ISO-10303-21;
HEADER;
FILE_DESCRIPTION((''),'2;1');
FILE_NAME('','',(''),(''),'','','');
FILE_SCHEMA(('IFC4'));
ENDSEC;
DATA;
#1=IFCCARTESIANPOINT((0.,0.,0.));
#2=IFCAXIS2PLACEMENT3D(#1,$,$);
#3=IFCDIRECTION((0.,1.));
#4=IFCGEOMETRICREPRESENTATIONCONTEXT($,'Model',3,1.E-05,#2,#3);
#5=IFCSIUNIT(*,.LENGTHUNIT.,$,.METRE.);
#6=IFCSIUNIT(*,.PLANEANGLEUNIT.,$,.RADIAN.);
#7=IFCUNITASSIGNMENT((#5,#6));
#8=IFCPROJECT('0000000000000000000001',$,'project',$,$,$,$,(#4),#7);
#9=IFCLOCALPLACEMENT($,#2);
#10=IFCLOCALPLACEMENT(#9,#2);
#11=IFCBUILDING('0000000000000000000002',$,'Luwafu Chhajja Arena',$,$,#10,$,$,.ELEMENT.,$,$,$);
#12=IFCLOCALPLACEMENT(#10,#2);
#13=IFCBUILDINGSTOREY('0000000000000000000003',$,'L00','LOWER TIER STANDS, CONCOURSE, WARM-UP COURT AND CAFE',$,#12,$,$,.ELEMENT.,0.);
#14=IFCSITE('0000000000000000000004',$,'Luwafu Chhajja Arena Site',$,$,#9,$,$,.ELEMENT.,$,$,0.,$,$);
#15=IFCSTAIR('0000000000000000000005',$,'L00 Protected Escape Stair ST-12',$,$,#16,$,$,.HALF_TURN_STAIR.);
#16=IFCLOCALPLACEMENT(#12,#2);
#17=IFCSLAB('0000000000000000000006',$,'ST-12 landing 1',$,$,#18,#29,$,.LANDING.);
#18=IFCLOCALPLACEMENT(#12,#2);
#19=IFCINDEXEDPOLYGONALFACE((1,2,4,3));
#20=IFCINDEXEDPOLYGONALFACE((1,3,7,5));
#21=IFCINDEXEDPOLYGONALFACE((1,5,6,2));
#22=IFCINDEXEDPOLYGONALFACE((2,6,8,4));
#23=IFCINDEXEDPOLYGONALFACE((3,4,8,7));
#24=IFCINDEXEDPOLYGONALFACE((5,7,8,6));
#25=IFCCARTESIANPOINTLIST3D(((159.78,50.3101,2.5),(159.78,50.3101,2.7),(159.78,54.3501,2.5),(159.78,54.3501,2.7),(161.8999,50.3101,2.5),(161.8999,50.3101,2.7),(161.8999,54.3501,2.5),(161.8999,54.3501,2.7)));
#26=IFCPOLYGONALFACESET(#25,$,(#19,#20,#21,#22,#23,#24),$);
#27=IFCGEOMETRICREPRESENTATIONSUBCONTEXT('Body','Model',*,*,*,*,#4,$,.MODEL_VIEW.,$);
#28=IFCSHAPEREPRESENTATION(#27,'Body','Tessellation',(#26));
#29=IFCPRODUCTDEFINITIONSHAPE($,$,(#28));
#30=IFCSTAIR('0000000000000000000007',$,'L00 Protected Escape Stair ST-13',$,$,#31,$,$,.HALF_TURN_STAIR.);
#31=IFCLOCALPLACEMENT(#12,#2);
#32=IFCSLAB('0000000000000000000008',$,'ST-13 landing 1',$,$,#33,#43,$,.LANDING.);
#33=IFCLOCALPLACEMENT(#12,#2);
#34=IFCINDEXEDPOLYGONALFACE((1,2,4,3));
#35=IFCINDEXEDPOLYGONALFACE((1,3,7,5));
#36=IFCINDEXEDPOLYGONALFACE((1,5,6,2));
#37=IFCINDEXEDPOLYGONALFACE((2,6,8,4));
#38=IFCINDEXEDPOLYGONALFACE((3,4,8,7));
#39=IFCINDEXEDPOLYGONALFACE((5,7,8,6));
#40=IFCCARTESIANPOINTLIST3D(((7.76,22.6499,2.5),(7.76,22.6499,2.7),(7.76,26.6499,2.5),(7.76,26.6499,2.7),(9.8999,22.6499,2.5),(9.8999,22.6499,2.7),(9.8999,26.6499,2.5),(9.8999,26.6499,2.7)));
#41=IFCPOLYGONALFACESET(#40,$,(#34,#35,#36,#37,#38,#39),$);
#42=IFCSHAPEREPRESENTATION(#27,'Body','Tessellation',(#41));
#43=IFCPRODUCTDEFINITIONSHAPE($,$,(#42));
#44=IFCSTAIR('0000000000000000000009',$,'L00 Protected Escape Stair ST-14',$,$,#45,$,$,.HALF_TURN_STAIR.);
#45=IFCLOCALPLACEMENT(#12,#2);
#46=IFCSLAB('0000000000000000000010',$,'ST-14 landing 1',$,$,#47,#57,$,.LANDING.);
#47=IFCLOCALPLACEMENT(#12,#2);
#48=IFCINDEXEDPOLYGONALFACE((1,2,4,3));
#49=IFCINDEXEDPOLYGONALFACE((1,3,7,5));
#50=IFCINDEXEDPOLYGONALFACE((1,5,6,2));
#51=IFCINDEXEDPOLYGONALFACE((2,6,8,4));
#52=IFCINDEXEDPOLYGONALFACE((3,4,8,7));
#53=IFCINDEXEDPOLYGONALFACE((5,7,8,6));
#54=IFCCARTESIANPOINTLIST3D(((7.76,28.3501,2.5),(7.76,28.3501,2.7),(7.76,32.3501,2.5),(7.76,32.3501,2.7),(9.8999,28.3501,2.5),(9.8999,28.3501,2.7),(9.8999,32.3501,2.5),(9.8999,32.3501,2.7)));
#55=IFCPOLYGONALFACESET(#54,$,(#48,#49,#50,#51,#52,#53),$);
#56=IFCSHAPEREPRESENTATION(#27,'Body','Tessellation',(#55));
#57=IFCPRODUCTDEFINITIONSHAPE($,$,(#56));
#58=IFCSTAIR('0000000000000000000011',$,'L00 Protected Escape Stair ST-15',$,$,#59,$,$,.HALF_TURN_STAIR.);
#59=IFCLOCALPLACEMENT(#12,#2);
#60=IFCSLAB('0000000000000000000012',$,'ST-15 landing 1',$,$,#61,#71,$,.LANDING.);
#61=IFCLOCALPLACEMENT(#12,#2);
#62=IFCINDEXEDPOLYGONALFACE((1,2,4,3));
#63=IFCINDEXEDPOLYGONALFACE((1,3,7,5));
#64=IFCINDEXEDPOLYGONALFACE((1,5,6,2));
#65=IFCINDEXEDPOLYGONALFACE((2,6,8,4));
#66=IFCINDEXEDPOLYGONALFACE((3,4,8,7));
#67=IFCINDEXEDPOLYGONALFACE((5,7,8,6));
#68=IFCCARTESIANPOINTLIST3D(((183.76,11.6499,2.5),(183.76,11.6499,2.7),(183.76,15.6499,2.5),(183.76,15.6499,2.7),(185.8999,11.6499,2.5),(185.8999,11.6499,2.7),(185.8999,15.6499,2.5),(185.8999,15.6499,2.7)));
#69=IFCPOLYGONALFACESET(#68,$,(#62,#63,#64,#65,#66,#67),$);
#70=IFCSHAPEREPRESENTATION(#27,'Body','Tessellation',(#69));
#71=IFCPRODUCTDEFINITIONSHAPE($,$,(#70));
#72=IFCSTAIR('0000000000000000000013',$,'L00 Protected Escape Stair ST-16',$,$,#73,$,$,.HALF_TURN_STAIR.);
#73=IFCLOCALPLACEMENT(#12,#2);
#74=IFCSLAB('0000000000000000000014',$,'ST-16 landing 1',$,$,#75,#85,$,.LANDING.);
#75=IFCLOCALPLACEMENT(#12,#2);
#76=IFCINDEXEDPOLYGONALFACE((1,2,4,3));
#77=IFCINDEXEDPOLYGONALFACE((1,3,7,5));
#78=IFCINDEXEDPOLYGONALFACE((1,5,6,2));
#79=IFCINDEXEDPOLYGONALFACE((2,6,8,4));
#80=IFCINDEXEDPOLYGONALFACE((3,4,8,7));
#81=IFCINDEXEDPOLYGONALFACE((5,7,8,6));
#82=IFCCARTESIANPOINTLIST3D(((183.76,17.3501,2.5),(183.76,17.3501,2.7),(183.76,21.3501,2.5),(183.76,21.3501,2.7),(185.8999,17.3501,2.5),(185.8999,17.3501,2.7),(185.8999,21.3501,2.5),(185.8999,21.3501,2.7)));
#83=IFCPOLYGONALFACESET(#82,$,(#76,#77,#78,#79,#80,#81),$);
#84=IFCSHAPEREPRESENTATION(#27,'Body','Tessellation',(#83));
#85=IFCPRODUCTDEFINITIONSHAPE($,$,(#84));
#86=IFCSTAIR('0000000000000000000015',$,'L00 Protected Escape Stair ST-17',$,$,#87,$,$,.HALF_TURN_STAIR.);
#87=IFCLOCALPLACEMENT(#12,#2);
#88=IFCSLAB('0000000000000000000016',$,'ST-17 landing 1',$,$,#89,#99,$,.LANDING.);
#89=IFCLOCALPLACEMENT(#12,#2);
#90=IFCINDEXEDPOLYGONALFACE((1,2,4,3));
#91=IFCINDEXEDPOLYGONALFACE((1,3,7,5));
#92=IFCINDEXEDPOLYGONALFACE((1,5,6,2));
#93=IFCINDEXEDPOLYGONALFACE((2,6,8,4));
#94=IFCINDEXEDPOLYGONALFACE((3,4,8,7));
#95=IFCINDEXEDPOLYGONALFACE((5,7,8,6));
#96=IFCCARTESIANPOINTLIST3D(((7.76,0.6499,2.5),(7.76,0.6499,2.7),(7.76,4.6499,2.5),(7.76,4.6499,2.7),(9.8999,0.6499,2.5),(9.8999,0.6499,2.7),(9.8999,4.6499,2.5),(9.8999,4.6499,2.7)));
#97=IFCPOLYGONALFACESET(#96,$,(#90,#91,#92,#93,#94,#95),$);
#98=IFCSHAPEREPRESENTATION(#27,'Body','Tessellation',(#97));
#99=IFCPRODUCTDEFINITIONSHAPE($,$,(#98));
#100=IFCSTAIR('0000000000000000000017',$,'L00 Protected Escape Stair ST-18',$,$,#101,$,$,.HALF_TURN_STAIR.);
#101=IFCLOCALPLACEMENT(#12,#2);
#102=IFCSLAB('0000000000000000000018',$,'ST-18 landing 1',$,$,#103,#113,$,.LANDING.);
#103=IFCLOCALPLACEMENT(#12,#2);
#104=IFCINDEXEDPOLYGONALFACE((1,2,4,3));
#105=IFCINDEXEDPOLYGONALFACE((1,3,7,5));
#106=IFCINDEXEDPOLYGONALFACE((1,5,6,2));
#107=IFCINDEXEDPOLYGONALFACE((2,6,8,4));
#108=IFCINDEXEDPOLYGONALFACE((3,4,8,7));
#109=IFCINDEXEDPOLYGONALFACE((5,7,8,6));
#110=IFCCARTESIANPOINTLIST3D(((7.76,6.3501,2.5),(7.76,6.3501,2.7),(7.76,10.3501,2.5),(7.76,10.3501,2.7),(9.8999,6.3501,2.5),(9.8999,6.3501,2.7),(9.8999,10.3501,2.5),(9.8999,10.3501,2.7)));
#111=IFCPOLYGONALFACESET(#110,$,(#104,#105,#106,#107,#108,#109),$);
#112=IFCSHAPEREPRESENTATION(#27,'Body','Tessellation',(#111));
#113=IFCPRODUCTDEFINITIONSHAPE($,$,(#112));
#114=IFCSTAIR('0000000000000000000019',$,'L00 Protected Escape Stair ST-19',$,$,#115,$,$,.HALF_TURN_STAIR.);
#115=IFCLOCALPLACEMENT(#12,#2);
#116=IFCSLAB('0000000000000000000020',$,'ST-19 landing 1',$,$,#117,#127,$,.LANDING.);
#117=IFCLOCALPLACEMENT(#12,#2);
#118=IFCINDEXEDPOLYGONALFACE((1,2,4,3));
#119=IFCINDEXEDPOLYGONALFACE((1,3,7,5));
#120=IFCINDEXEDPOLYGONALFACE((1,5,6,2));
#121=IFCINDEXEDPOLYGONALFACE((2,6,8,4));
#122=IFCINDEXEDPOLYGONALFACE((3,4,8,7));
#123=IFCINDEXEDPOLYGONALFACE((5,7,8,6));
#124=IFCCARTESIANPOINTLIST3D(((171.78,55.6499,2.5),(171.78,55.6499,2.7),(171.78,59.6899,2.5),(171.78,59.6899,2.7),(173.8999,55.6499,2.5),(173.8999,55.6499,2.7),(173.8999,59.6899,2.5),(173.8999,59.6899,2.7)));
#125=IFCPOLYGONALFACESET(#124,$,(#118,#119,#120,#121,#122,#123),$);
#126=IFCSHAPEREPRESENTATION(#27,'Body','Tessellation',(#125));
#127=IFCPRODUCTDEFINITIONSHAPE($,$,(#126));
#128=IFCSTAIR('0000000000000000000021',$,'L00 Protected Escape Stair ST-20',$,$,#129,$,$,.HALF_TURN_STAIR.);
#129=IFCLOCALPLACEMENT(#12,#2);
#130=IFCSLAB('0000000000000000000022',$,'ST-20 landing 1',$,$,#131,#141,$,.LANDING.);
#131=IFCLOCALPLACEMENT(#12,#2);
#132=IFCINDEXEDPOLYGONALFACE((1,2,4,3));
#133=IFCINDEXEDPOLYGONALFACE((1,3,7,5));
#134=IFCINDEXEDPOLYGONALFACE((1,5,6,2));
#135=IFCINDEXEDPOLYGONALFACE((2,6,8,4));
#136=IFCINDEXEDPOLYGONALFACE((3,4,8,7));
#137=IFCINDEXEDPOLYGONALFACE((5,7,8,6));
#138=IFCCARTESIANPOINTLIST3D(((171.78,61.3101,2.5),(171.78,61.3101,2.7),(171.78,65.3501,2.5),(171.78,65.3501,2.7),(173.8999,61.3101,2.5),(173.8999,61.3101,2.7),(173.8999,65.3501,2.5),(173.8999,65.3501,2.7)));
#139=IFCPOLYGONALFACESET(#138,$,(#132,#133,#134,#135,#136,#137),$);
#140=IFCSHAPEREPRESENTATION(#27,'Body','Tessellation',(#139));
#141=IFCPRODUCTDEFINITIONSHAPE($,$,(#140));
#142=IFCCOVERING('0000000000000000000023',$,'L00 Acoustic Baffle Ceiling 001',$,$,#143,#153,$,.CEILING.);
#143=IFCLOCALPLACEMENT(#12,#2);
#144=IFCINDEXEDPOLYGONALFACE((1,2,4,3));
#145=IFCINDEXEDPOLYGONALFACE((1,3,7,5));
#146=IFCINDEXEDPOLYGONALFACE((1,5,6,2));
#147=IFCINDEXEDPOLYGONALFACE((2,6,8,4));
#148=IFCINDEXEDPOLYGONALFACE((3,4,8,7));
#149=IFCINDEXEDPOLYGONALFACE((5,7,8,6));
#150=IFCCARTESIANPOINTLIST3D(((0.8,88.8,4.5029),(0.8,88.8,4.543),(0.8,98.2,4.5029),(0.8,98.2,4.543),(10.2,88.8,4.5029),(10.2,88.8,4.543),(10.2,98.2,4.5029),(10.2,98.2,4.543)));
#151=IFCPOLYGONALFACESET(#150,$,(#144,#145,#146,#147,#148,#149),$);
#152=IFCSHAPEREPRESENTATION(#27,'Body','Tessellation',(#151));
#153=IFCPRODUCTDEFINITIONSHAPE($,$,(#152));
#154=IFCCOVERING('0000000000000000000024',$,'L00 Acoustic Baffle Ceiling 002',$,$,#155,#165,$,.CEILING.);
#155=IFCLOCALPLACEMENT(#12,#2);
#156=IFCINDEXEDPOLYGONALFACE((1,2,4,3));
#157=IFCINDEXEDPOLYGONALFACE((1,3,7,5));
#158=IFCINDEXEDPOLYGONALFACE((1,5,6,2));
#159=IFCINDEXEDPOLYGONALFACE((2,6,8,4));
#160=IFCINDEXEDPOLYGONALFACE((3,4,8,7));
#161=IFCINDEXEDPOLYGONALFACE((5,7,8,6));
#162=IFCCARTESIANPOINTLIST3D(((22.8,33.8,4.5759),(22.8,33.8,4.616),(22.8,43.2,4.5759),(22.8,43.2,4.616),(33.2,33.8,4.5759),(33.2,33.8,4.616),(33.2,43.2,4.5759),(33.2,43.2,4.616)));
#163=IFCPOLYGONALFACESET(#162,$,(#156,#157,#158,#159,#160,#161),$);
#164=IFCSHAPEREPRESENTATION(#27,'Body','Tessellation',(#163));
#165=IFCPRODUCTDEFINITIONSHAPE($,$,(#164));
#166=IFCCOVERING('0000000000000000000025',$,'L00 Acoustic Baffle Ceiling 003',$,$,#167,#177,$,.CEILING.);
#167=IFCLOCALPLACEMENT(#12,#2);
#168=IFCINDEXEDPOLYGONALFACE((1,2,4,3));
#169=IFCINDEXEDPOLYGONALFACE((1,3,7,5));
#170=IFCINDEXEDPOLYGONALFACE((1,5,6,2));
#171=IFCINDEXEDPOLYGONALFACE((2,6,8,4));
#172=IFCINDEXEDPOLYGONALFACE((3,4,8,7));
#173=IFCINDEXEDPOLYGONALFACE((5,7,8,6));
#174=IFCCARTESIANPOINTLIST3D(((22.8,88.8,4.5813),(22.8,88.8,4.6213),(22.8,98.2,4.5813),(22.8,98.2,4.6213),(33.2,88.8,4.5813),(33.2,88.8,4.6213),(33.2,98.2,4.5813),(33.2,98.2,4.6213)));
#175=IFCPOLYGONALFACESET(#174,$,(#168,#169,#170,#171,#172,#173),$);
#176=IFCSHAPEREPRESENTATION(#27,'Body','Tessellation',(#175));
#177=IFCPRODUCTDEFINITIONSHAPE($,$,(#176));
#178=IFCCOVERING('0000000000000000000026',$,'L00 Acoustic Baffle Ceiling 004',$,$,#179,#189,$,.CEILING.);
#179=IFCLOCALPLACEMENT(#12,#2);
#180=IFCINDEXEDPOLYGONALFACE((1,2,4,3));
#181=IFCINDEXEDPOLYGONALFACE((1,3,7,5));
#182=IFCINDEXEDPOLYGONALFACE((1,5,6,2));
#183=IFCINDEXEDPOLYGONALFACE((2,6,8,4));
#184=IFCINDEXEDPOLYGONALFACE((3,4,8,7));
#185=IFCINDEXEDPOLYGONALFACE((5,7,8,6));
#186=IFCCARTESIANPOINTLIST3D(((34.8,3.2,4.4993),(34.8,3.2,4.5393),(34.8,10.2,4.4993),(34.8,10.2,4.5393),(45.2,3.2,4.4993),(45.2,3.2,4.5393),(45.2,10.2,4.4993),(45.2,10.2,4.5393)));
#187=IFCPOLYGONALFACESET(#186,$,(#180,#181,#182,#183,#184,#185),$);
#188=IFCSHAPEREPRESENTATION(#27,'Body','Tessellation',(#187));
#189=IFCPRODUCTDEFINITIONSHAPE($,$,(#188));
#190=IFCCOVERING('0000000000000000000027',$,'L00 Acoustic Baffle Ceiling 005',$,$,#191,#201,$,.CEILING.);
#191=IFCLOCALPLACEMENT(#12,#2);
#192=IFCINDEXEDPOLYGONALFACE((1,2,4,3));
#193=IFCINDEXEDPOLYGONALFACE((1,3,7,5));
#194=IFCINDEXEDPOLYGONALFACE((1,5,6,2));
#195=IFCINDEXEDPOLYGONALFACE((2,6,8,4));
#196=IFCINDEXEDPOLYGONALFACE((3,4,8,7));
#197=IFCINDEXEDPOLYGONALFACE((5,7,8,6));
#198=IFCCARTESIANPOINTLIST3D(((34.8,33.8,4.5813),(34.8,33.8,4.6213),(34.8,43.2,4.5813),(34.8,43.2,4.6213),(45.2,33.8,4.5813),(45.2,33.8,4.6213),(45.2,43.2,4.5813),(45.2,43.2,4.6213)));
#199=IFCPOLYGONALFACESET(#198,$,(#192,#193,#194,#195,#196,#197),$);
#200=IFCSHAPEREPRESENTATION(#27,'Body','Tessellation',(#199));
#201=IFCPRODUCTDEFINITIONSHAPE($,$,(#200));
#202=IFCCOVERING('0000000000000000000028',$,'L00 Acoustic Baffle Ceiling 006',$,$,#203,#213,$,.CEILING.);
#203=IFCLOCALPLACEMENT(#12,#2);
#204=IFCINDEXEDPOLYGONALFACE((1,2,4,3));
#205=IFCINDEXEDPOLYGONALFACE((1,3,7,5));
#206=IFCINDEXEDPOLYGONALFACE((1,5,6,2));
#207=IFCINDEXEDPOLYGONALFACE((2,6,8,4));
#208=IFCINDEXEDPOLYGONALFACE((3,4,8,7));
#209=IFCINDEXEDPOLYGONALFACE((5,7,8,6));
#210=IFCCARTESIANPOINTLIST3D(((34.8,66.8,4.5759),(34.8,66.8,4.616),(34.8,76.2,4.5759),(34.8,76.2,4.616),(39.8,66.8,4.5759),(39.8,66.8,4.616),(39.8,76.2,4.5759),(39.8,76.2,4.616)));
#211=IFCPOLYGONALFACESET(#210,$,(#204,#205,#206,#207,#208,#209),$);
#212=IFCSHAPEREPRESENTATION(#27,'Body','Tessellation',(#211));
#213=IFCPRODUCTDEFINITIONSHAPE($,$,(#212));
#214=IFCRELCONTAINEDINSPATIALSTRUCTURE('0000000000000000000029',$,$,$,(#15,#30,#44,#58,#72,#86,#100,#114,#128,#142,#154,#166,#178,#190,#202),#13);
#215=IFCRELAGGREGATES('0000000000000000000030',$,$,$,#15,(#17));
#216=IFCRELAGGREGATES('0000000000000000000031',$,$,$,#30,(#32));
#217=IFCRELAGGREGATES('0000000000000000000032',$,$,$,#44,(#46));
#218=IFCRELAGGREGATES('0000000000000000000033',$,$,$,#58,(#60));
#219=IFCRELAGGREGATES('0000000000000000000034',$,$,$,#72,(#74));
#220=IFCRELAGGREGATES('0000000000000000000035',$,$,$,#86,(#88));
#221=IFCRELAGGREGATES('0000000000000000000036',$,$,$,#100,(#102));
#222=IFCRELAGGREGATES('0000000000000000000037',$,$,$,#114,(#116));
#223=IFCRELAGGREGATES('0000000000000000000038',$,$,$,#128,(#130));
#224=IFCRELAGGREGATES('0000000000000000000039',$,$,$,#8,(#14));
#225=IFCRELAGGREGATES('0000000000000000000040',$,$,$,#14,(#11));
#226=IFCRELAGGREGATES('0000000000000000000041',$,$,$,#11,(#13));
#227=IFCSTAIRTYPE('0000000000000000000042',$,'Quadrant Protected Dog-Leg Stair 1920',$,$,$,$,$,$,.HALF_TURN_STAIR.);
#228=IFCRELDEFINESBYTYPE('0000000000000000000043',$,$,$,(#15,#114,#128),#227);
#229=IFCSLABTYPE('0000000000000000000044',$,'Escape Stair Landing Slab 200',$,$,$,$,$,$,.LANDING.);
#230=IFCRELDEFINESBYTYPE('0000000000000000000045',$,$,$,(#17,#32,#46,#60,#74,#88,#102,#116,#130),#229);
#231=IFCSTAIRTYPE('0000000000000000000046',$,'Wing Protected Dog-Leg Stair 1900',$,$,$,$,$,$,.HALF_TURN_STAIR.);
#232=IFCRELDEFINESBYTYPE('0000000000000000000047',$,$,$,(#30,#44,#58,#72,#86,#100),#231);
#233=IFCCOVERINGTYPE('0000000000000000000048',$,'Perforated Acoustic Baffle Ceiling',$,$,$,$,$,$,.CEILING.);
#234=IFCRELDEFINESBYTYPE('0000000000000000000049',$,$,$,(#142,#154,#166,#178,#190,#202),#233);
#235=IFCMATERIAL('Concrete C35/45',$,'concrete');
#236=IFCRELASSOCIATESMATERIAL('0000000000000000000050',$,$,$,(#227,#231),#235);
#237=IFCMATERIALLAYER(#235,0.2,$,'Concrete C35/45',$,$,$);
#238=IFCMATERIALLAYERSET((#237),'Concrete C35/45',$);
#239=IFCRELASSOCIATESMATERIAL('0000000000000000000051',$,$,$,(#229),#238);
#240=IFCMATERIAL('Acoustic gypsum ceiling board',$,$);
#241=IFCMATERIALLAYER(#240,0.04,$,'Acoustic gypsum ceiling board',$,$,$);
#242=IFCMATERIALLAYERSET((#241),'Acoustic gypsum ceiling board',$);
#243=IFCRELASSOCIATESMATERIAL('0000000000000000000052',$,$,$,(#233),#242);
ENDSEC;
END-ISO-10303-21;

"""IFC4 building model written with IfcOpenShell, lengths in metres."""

from ifc_helpers import new_model, si_unit, direction, frame, origin, place, context, subcontext, project, spatial, polyline, outline, extrude, material, layer, layer_set, type_object, element, aggregate, save


model = new_model("IFC4")

# Units and contexts
model_context = context("Model", 3, precision=1e-05, world=origin(), true_north=direction((0.0, 1.0)))
body_context = subcontext(model_context, "Body", "Model", "MODEL_VIEW")
ifc_project = project(units=[si_unit("LENGTHUNIT", "METRE"), si_unit("PLANEANGLEUNIT", "RADIAN")], contexts=[model_context])

# Site, building, storey
site_placement = place(None, origin())
site = spatial("IfcSite", under=ifc_project, at=site_placement, Name="Luwafu Chhajja Arena Site", CompositionType="ELEMENT", RefElevation=0.0)
building_placement = place(site_placement, origin())
building = spatial("IfcBuilding", under=site, at=building_placement, Name="Luwafu Chhajja Arena", CompositionType="ELEMENT")
storey_placement = place(building_placement, origin())
storey = spatial("IfcBuildingStorey", under=building, at=storey_placement, Name="L00", Description="LOWER TIER STANDS, CONCOURSE, WARM-UP COURT AND CAFE", CompositionType="ELEMENT", Elevation=0.0)

# Stairs, slabs
ifc_material_1 = material(Name="Concrete C35/45", Category="concrete")
stair_type_1 = type_object("IfcStairType", Name="Quadrant Protected Dog-Leg Stair 1920", PredefinedType="HALF_TURN_STAIR", material=ifc_material_1)
stair_1_placement = place(storey_placement, origin())
stair_1 = element("IfcStair", 1, at=stair_1_placement, inside=storey, type_object=stair_type_1, Name="L00 Protected Escape Stair ST-12", PredefinedType="HALF_TURN_STAIR")
ifc_layer_1 = layer(ifc_material_1, 0.2, Name="Concrete C35/45")
ifc_layer_set_1 = layer_set([ifc_layer_1], Name="Concrete C35/45")
slab_type = type_object("IfcSlabType", Name="Escape Stair Landing Slab 200", PredefinedType="LANDING", material=ifc_layer_set_1)
slab_1_placement = place(storey_placement, frame((0.0, 0.0, 2.5)))
slab_1 = element("IfcSlab", 2, at=slab_1_placement, type_object=slab_type, Name="ST-12 landing 1", PredefinedType="LANDING", context=body_context, shape_type="SweptSolid", body=[
    extrude(outline(polyline([(159.78, 50.3101), (161.8999, 50.3101), (161.8999, 54.3501), (159.78, 54.3501), (159.78, 50.3101)])), origin(), (0.0, 0.0, 1.0), 0.2),
])
aggregate(stair_1, [slab_1])
stair_type_2 = type_object("IfcStairType", Name="Wing Protected Dog-Leg Stair 1900", PredefinedType="HALF_TURN_STAIR", material=ifc_material_1)
stair_2_placement = place(storey_placement, origin())
stair_2 = element("IfcStair", 3, at=stair_2_placement, inside=storey, type_object=stair_type_2, Name="L00 Protected Escape Stair ST-13", PredefinedType="HALF_TURN_STAIR")
slab_2_placement = place(storey_placement, frame((0.0, 0.0, 2.5)))
slab_2 = element("IfcSlab", 4, at=slab_2_placement, type_object=slab_type, Name="ST-13 landing 1", PredefinedType="LANDING", context=body_context, shape_type="SweptSolid", body=[
    extrude(outline(polyline([(7.76, 22.6499), (9.8999, 22.6499), (9.8999, 26.6499), (7.76, 26.6499), (7.76, 22.6499)])), origin(), (0.0, 0.0, 1.0), 0.2),
])
aggregate(stair_2, [slab_2])
stair_3_placement = place(storey_placement, origin())
stair_3 = element("IfcStair", 5, at=stair_3_placement, inside=storey, type_object=stair_type_2, Name="L00 Protected Escape Stair ST-14", PredefinedType="HALF_TURN_STAIR")
slab_3_placement = place(storey_placement, frame((0.0, 0.0, 2.5)))
slab_3 = element("IfcSlab", 6, at=slab_3_placement, type_object=slab_type, Name="ST-14 landing 1", PredefinedType="LANDING", context=body_context, shape_type="SweptSolid", body=[
    extrude(outline(polyline([(7.76, 28.3501), (9.8999, 28.3501), (9.8999, 32.3501), (7.76, 32.3501), (7.76, 28.3501)])), origin(), (0.0, 0.0, 1.0), 0.2),
])
aggregate(stair_3, [slab_3])
stair_4_placement = place(storey_placement, origin())
stair_4 = element("IfcStair", 7, at=stair_4_placement, inside=storey, type_object=stair_type_2, Name="L00 Protected Escape Stair ST-15", PredefinedType="HALF_TURN_STAIR")
slab_4_placement = place(storey_placement, frame((0.0, 0.0, 2.5)))
slab_4 = element("IfcSlab", 8, at=slab_4_placement, type_object=slab_type, Name="ST-15 landing 1", PredefinedType="LANDING", context=body_context, shape_type="SweptSolid", body=[
    extrude(outline(polyline([(183.76, 11.6499), (185.8999, 11.6499), (185.8999, 15.6499), (183.76, 15.6499), (183.76, 11.6499)])), origin(), (0.0, 0.0, 1.0), 0.2),
])
aggregate(stair_4, [slab_4])
stair_5_placement = place(storey_placement, origin())
stair_5 = element("IfcStair", 9, at=stair_5_placement, inside=storey, type_object=stair_type_2, Name="L00 Protected Escape Stair ST-16", PredefinedType="HALF_TURN_STAIR")
slab_5_placement = place(storey_placement, frame((0.0, 0.0, 2.5)))
slab_5 = element("IfcSlab", 10, at=slab_5_placement, type_object=slab_type, Name="ST-16 landing 1", PredefinedType="LANDING", context=body_context, shape_type="SweptSolid", body=[
    extrude(outline(polyline([(183.76, 17.3501), (185.8999, 17.3501), (185.8999, 21.3501), (183.76, 21.3501), (183.76, 17.3501)])), origin(), (0.0, 0.0, 1.0), 0.2),
])
aggregate(stair_5, [slab_5])
stair_6_placement = place(storey_placement, origin())
stair_6 = element("IfcStair", 11, at=stair_6_placement, inside=storey, type_object=stair_type_2, Name="L00 Protected Escape Stair ST-17", PredefinedType="HALF_TURN_STAIR")
slab_6_placement = place(storey_placement, frame((0.0, 0.0, 2.5)))
slab_6 = element("IfcSlab", 12, at=slab_6_placement, type_object=slab_type, Name="ST-17 landing 1", PredefinedType="LANDING", context=body_context, shape_type="SweptSolid", body=[
    extrude(outline(polyline([(7.76, 0.6499), (9.8999, 0.6499), (9.8999, 4.6499), (7.76, 4.6499), (7.76, 0.6499)])), origin(), (0.0, 0.0, 1.0), 0.2),
])
aggregate(stair_6, [slab_6])
stair_7_placement = place(storey_placement, origin())
stair_7 = element("IfcStair", 13, at=stair_7_placement, inside=storey, type_object=stair_type_2, Name="L00 Protected Escape Stair ST-18", PredefinedType="HALF_TURN_STAIR")
slab_7_placement = place(storey_placement, frame((0.0, 0.0, 2.5)))
slab_7 = element("IfcSlab", 14, at=slab_7_placement, type_object=slab_type, Name="ST-18 landing 1", PredefinedType="LANDING", context=body_context, shape_type="SweptSolid", body=[
    extrude(outline(polyline([(7.76, 6.3501), (9.8999, 6.3501), (9.8999, 10.3501), (7.76, 10.3501), (7.76, 6.3501)])), origin(), (0.0, 0.0, 1.0), 0.2),
])
aggregate(stair_7, [slab_7])
stair_8_placement = place(storey_placement, origin())
stair_8 = element("IfcStair", 15, at=stair_8_placement, inside=storey, type_object=stair_type_1, Name="L00 Protected Escape Stair ST-19", PredefinedType="HALF_TURN_STAIR")
slab_8_placement = place(storey_placement, frame((0.0, 0.0, 2.5)))
slab_8 = element("IfcSlab", 16, at=slab_8_placement, type_object=slab_type, Name="ST-19 landing 1", PredefinedType="LANDING", context=body_context, shape_type="SweptSolid", body=[
    extrude(outline(polyline([(171.78, 55.6499), (173.8999, 55.6499), (173.8999, 59.6899), (171.78, 59.6899), (171.78, 55.6499)])), origin(), (0.0, 0.0, 1.0), 0.2),
])
aggregate(stair_8, [slab_8])
stair_9_placement = place(storey_placement, origin())
stair_9 = element("IfcStair", 17, at=stair_9_placement, inside=storey, type_object=stair_type_1, Name="L00 Protected Escape Stair ST-20", PredefinedType="HALF_TURN_STAIR")
slab_9_placement = place(storey_placement, frame((0.0, 0.0, 2.5)))
slab_9 = element("IfcSlab", 18, at=slab_9_placement, type_object=slab_type, Name="ST-20 landing 1", PredefinedType="LANDING", context=body_context, shape_type="SweptSolid", body=[
    extrude(outline(polyline([(171.78, 61.3101), (173.8999, 61.3101), (173.8999, 65.3501), (171.78, 65.3501), (171.78, 61.3101)])), origin(), (0.0, 0.0, 1.0), 0.2),
])
aggregate(stair_9, [slab_9])

# Coverings
ifc_material_2 = material(Name="Acoustic gypsum ceiling board")
ifc_layer_2 = layer(ifc_material_2, 0.04, Name="Acoustic gypsum ceiling board")
ifc_layer_set_2 = layer_set([ifc_layer_2], Name="Acoustic gypsum ceiling board")
covering_type = type_object("IfcCoveringType", Name="Perforated Acoustic Baffle Ceiling", PredefinedType="CEILING", material=ifc_layer_set_2)
covering_1_placement = place(storey_placement, frame((0.0, 0.0, 4.5029)))
element("IfcCovering", 19, at=covering_1_placement, inside=storey, type_object=covering_type, Name="L00 Acoustic Baffle Ceiling 001", PredefinedType="CEILING", context=body_context, shape_type="SweptSolid", body=[
    extrude(outline(polyline([(0.8, 88.8), (10.2, 88.8), (10.2, 98.2), (0.8, 98.2), (0.8, 88.8)])), origin(), (0.0, 0.0, 1.0), 0.04),
])
covering_2_placement = place(storey_placement, frame((0.0, 0.0, 4.5759)))
element("IfcCovering", 20, at=covering_2_placement, inside=storey, type_object=covering_type, Name="L00 Acoustic Baffle Ceiling 002", PredefinedType="CEILING", context=body_context, shape_type="SweptSolid", body=[
    extrude(outline(polyline([(22.8, 33.8), (33.2, 33.8), (33.2, 43.2), (22.8, 43.2), (22.8, 33.8)])), origin(), (0.0, 0.0, 1.0), 0.04),
])
covering_3_placement = place(storey_placement, frame((0.0, 0.0, 4.5813)))
element("IfcCovering", 21, at=covering_3_placement, inside=storey, type_object=covering_type, Name="L00 Acoustic Baffle Ceiling 003", PredefinedType="CEILING", context=body_context, shape_type="SweptSolid", body=[
    extrude(outline(polyline([(22.8, 88.8), (33.2, 88.8), (33.2, 98.2), (22.8, 98.2), (22.8, 88.8)])), origin(), (0.0, 0.0, 1.0), 0.04),
])
covering_4_placement = place(storey_placement, frame((0.0, 0.0, 4.4993)))
element("IfcCovering", 22, at=covering_4_placement, inside=storey, type_object=covering_type, Name="L00 Acoustic Baffle Ceiling 004", PredefinedType="CEILING", context=body_context, shape_type="SweptSolid", body=[
    extrude(outline(polyline([(34.8, 3.2), (45.2, 3.2), (45.2, 10.2), (34.8, 10.2), (34.8, 3.2)])), origin(), (0.0, 0.0, 1.0), 0.04),
])
covering_5_placement = place(storey_placement, frame((0.0, 0.0, 4.5813)))
element("IfcCovering", 23, at=covering_5_placement, inside=storey, type_object=covering_type, Name="L00 Acoustic Baffle Ceiling 005", PredefinedType="CEILING", context=body_context, shape_type="SweptSolid", body=[
    extrude(outline(polyline([(34.8, 33.8), (45.2, 33.8), (45.2, 43.2), (34.8, 43.2), (34.8, 33.8)])), origin(), (0.0, 0.0, 1.0), 0.04),
])
covering_6_placement = place(storey_placement, frame((0.0, 0.0, 4.5759)))
element("IfcCovering", 24, at=covering_6_placement, inside=storey, type_object=covering_type, Name="L00 Acoustic Baffle Ceiling 006", PredefinedType="CEILING", context=body_context, shape_type="SweptSolid", body=[
    extrude(outline(polyline([(34.8, 66.8), (39.8, 66.8), (39.8, 76.2), (34.8, 76.2), (34.8, 66.8)])), origin(), (0.0, 0.0, 1.0), 0.04),
])

save(model, "model.ifc")
